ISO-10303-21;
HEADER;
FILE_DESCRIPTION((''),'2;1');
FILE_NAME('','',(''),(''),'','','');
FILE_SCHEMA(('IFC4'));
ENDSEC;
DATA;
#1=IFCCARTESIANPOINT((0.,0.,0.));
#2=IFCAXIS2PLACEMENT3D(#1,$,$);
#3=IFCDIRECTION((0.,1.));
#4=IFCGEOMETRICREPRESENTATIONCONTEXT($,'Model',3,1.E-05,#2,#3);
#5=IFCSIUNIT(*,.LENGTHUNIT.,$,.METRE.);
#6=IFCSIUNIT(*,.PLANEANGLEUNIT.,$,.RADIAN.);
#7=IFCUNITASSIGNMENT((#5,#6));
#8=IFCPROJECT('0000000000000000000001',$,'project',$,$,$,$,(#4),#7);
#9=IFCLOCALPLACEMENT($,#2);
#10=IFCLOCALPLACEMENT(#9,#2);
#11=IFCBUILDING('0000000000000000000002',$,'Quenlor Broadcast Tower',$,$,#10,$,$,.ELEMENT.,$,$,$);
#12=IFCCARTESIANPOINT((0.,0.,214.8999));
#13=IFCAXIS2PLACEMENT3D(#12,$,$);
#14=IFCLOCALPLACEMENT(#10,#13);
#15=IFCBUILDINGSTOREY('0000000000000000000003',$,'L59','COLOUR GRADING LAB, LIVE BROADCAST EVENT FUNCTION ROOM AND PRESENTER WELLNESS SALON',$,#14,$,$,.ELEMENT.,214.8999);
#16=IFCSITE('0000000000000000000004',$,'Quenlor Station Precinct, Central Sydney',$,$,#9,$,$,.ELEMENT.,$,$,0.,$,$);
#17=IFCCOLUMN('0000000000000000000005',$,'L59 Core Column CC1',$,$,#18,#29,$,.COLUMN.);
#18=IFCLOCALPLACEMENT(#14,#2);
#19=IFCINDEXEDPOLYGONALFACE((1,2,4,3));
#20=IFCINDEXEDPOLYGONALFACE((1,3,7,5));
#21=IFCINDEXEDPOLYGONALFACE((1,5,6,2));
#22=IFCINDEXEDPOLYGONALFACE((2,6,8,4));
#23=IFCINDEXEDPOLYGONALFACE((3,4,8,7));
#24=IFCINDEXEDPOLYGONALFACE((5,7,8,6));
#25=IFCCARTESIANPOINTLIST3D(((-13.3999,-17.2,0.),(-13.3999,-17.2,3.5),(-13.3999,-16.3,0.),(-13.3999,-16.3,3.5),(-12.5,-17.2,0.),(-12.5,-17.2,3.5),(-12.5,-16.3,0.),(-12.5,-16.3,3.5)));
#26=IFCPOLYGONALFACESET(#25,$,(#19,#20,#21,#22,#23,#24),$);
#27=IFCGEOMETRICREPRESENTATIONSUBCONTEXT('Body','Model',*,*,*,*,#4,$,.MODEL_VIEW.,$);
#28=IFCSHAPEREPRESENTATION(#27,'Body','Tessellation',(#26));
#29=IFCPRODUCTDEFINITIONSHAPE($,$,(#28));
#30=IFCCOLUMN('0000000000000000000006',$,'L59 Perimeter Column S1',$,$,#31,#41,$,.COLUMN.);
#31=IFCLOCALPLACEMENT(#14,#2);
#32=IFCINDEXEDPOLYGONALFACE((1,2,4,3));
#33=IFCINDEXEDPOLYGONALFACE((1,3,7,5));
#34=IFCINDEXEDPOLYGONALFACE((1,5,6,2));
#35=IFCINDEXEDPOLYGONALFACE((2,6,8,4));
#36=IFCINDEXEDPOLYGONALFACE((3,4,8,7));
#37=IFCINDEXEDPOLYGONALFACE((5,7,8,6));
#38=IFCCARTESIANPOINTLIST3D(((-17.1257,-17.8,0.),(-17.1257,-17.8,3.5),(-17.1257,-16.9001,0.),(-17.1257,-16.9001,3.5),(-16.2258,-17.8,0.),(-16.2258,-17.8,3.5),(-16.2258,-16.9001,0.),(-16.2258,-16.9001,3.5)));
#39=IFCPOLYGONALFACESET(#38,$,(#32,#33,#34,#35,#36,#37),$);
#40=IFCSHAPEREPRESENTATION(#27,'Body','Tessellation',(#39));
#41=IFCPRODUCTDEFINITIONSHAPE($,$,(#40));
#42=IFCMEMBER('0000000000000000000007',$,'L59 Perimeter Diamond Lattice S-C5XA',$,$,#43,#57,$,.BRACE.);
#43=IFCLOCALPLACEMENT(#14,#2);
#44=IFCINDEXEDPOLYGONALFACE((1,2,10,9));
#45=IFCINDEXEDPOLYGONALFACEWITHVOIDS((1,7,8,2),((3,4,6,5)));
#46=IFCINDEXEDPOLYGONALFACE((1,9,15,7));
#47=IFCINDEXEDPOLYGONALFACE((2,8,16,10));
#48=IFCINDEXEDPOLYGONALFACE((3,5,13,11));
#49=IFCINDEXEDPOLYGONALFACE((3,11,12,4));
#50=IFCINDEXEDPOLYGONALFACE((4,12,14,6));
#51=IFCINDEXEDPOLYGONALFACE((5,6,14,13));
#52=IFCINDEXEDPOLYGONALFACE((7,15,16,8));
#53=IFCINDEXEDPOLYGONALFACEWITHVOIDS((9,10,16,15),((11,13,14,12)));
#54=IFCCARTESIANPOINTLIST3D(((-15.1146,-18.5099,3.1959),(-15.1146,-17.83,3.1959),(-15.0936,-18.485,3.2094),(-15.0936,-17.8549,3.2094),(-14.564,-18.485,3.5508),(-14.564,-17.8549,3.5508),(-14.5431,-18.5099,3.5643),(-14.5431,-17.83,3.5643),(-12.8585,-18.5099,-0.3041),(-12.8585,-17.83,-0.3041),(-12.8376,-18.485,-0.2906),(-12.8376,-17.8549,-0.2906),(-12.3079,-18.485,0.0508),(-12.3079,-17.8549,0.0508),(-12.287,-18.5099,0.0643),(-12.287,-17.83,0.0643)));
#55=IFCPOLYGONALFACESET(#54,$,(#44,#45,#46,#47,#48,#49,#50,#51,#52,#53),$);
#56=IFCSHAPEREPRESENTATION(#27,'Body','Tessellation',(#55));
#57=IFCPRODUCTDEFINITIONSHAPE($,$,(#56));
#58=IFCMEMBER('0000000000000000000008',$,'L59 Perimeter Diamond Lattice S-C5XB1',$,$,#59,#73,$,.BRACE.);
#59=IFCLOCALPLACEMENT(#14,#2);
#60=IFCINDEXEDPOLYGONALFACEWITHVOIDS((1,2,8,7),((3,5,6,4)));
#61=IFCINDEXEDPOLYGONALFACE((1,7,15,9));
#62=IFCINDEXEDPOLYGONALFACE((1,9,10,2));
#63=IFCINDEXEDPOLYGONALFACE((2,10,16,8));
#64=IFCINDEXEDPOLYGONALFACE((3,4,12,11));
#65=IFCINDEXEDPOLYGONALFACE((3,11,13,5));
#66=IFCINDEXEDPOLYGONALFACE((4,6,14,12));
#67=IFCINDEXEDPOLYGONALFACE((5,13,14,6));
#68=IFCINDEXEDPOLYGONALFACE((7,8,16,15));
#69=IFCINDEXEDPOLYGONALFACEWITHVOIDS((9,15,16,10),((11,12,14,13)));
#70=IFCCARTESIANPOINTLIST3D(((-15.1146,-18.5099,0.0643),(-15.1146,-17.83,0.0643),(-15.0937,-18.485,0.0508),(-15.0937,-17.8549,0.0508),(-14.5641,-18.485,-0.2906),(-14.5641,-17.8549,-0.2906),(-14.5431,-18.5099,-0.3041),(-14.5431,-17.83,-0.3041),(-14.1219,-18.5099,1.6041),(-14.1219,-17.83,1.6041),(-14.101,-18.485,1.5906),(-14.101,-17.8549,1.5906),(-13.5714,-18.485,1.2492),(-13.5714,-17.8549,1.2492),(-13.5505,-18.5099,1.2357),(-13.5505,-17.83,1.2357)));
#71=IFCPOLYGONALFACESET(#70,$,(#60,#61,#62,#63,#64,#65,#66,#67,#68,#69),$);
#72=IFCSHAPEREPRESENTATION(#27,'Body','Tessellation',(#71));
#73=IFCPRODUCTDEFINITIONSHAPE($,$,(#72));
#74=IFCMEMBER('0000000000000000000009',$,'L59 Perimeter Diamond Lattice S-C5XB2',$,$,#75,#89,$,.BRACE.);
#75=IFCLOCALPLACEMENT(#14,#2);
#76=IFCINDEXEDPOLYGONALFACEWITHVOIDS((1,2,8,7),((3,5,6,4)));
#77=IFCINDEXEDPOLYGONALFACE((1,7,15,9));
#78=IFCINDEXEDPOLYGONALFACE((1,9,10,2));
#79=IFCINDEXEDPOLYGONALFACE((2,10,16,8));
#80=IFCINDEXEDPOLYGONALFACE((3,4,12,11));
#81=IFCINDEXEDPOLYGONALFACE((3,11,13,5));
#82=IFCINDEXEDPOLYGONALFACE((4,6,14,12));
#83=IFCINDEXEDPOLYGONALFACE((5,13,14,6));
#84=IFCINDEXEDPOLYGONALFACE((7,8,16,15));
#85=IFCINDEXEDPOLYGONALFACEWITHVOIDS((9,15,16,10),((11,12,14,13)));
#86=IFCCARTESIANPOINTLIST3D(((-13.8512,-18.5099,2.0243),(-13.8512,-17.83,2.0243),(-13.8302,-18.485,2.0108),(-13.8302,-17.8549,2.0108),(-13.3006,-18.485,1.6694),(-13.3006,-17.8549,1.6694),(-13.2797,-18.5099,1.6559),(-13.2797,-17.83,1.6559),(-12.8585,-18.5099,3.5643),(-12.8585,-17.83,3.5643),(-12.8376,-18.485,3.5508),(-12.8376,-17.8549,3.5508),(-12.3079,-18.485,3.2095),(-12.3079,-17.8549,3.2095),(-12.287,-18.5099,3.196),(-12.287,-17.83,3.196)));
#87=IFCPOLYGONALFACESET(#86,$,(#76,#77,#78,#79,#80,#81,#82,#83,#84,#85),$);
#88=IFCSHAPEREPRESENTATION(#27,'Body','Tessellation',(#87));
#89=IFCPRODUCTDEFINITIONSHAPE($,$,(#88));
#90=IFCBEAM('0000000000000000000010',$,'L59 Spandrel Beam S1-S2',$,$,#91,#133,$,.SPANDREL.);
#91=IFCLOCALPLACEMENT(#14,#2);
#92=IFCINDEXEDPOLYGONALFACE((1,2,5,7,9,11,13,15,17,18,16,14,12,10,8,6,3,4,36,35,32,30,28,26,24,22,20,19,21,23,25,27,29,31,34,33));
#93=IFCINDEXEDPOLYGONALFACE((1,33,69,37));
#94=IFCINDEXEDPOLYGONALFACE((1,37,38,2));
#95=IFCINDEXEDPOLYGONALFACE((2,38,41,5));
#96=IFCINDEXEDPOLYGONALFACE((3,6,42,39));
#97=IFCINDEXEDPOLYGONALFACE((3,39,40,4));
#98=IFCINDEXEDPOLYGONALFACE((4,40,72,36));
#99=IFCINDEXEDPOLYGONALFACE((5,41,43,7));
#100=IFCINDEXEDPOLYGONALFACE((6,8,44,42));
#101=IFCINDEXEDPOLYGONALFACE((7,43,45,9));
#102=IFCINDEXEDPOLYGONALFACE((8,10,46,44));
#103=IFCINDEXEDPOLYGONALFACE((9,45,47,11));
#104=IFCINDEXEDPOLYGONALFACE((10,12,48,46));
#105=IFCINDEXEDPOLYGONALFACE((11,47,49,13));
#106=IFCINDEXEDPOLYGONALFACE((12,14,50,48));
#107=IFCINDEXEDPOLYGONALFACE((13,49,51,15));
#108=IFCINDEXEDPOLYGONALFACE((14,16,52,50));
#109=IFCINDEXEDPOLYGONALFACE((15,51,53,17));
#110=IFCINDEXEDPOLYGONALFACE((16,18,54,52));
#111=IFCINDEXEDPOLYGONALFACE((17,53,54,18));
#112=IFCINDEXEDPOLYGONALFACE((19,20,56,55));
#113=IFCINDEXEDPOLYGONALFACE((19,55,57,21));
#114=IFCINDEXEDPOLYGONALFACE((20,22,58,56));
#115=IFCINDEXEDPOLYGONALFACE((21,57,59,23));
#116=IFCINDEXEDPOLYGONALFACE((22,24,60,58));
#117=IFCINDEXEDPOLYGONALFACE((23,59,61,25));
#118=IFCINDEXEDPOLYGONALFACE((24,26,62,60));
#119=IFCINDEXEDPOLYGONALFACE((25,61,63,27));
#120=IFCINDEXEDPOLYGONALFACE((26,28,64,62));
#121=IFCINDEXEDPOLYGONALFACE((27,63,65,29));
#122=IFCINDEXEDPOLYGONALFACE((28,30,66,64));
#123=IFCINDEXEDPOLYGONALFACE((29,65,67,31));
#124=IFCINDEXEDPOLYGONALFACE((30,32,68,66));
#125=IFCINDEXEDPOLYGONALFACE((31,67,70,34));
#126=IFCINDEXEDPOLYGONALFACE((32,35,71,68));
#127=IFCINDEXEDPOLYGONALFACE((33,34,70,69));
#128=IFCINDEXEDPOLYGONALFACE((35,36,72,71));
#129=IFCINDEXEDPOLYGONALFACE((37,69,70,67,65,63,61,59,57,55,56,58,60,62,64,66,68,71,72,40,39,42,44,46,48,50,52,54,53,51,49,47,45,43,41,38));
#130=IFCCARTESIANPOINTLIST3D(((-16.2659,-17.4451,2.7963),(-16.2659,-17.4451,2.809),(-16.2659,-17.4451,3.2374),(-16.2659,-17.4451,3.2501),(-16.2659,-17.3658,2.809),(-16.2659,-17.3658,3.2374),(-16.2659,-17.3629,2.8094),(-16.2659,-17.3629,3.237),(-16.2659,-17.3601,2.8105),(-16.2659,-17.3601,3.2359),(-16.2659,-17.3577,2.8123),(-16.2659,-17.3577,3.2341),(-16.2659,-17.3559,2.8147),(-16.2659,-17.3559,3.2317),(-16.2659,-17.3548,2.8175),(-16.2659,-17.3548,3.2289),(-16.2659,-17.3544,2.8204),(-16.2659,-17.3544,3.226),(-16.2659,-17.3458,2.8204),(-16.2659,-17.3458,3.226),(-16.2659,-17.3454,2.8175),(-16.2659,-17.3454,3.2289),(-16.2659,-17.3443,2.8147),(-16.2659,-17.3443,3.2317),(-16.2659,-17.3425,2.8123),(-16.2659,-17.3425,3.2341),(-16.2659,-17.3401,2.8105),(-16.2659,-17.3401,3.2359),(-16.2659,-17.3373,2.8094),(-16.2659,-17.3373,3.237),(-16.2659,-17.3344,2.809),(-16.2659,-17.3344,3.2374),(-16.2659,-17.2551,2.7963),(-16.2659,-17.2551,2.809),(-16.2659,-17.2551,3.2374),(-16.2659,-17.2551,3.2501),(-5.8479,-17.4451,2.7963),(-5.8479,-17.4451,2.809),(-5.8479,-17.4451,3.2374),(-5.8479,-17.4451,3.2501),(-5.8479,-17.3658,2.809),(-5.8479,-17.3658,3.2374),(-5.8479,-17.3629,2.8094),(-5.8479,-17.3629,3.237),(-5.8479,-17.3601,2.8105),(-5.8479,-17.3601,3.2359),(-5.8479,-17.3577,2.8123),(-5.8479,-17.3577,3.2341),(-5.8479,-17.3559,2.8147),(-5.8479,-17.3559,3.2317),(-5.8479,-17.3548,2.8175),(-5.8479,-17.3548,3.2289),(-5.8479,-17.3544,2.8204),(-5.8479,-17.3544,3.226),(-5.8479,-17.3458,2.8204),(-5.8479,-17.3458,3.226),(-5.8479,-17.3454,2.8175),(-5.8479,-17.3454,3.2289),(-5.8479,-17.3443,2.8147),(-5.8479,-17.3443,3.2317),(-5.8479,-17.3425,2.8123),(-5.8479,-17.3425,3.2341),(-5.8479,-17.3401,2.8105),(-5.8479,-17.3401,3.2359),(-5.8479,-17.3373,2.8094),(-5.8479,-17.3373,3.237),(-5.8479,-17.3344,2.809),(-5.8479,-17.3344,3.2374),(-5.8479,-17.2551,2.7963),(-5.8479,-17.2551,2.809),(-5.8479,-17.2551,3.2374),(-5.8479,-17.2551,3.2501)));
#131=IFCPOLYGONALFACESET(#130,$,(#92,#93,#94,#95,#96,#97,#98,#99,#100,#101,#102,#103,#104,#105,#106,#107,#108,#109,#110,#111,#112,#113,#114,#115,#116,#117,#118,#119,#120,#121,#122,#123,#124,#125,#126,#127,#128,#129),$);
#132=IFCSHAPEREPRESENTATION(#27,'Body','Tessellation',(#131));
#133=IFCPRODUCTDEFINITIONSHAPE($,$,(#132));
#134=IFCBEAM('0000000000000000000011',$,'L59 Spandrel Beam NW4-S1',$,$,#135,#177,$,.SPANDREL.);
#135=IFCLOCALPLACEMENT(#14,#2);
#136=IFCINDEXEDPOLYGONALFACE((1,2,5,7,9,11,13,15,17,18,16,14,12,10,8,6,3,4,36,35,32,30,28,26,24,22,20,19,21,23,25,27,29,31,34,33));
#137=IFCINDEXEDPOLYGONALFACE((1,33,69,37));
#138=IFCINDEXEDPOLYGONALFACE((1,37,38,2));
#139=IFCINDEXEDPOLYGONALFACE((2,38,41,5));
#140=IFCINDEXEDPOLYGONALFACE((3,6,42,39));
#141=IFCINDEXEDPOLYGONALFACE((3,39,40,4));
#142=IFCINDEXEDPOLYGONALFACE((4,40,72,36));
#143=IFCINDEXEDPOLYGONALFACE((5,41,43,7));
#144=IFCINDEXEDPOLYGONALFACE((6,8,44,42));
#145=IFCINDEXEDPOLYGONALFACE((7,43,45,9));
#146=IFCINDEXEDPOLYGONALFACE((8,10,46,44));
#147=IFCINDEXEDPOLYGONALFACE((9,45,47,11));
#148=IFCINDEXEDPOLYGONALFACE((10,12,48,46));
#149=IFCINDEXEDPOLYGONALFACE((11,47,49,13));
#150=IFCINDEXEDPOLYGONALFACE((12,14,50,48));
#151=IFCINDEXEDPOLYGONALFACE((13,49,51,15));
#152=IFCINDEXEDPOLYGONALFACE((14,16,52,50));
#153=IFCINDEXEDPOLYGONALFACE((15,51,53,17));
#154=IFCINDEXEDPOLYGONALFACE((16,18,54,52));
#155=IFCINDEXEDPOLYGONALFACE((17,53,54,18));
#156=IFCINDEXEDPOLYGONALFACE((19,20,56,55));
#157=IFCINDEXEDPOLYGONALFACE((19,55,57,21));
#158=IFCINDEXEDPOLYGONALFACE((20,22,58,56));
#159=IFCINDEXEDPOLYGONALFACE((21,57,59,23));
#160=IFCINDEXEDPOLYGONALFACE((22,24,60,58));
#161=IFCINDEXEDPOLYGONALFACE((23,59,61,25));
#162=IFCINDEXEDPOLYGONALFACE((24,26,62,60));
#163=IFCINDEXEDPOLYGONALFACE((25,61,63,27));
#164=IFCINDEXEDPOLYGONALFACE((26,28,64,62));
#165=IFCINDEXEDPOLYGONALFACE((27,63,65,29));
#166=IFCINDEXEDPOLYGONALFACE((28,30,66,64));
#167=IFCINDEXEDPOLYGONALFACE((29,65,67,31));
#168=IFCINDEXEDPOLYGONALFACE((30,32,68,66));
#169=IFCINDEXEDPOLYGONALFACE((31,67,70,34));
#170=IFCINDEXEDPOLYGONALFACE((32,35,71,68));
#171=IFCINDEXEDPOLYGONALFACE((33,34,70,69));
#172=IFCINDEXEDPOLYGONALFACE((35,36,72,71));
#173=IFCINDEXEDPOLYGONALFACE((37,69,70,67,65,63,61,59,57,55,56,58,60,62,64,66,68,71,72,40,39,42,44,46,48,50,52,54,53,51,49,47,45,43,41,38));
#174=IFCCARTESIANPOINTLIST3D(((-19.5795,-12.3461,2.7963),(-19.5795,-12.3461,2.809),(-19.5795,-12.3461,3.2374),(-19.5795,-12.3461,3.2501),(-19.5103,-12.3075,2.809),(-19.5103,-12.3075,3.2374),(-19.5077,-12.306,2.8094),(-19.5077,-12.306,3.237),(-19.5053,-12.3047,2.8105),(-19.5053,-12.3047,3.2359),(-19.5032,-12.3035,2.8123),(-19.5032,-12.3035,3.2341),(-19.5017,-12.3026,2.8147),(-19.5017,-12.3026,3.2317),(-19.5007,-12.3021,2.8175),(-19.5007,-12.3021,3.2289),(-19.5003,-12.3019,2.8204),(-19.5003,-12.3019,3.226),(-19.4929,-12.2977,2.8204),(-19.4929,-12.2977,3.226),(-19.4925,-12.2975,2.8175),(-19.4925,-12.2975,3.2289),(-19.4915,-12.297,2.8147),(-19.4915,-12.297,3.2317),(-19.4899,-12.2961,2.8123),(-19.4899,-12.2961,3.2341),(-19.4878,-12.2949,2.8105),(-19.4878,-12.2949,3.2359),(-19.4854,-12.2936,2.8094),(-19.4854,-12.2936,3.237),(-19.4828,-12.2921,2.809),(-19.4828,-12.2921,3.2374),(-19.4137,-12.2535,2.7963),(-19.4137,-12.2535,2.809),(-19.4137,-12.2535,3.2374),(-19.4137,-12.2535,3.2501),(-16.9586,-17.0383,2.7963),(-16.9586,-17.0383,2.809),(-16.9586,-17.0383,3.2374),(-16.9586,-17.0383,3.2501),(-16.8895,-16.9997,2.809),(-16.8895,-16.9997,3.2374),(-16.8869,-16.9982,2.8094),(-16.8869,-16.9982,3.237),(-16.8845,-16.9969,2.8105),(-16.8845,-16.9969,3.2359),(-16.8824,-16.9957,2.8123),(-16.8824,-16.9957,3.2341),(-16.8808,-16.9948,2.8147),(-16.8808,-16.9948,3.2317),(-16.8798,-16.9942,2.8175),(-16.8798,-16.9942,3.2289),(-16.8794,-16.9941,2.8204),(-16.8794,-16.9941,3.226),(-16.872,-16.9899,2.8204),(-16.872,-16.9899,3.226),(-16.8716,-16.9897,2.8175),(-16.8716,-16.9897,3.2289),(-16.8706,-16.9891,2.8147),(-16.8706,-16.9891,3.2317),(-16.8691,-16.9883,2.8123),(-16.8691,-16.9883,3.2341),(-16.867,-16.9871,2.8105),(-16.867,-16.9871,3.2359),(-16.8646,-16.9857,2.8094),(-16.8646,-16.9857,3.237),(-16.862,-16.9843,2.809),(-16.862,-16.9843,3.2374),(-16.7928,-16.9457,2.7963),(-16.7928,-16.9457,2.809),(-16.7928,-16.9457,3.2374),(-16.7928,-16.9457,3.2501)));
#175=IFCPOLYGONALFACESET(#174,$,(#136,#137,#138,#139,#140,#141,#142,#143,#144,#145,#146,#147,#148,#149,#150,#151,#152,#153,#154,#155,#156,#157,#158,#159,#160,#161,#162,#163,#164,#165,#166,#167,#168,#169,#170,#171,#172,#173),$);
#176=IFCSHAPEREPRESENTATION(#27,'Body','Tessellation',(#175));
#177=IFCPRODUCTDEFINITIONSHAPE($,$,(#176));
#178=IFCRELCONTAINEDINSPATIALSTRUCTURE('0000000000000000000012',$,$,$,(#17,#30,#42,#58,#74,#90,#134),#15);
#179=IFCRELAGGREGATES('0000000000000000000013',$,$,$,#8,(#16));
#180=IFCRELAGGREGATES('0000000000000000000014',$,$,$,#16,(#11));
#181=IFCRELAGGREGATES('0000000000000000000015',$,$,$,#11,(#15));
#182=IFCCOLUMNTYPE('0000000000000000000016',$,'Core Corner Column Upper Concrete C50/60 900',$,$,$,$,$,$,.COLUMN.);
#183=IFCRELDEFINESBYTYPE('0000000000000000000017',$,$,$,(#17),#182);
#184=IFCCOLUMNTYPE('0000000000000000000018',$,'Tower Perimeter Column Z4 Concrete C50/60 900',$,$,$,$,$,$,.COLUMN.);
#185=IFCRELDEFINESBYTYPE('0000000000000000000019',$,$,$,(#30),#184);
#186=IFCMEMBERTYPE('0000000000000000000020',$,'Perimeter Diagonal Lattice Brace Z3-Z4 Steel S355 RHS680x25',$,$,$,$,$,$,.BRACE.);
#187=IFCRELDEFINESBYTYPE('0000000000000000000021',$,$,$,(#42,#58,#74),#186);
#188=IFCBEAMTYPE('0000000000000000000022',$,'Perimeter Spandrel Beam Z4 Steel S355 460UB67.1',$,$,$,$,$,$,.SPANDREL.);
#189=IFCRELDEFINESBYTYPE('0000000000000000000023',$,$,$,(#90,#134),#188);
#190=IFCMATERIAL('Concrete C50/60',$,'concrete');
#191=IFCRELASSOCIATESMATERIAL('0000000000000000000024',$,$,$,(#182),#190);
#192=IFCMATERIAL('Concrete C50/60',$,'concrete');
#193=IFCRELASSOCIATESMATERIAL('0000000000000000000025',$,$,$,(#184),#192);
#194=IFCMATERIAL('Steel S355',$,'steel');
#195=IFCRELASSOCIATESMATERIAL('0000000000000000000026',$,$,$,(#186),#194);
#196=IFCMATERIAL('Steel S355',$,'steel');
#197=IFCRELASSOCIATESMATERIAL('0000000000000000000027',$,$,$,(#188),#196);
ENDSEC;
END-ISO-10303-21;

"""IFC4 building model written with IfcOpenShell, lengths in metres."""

from ifc_helpers import new_model, si_unit, direction, frame, origin, origin_2d, place, context, subcontext, project, spatial, rectangle, hollow_rectangle, i_section, extrude, material, material_profile, profile_set, type_object, element, save


model = new_model("IFC4")

# Units and contexts
model_context = context("Model", 3, precision=1e-05, world=origin(), true_north=direction((0.0, 1.0)))
body_context = subcontext(model_context, "Body", "Model", "MODEL_VIEW")
ifc_project = project(units=[si_unit("LENGTHUNIT", "METRE"), si_unit("PLANEANGLEUNIT", "RADIAN")], contexts=[model_context])

# Site, building, storey
site_placement = place(None, origin())
site = spatial("IfcSite", under=ifc_project, at=site_placement, Name="Quenlor Station Precinct, Central Sydney", CompositionType="ELEMENT", RefElevation=0.0)
building_placement = place(site_placement, origin())
building = spatial("IfcBuilding", under=site, at=building_placement, Name="Quenlor Broadcast Tower", CompositionType="ELEMENT")
storey_placement = place(building_placement, frame((0.0, 0.0, 214.8999)))
storey = spatial("IfcBuildingStorey", under=building, at=storey_placement, Name="L59", Description="COLOUR GRADING LAB, LIVE BROADCAST EVENT FUNCTION ROOM AND PRESENTER WELLNESS SALON", CompositionType="ELEMENT", Elevation=214.8999)

# Columns
ifc_material_1 = material(Name="Concrete C50/60", Category="concrete")
ifc_material_profile_1 = material_profile(ifc_material_1, rectangle(XDim=0.8999, YDim=0.8999, at=origin_2d()))
ifc_profile_set_1 = profile_set([ifc_material_profile_1], Name="Concrete C50/60 RC900x900")
column_type_1 = type_object("IfcColumnType", Name="Core Corner Column Upper Concrete C50/60 900", PredefinedType="COLUMN", material=ifc_profile_set_1)
column_1_placement = place(storey_placement, frame((-12.95, -16.75, 0.0), z_axis=(0.0, 0.0, 1.0), x_axis=(1.0, 0.0, 0.0)))
element("IfcColumn", 1, at=column_1_placement, inside=storey, type_object=column_type_1, Name="L59 Core Column CC1", PredefinedType="COLUMN", context=body_context, shape_type="SweptSolid", body=[
    extrude(rectangle(XDim=0.8999, YDim=0.8999, at=origin_2d()), origin(), (0.0, 0.0, 1.0), 3.5),
])
ifc_material_2 = material(Name="Concrete C50/60", Category="concrete")
ifc_material_profile_2 = material_profile(ifc_material_2, rectangle(XDim=0.8999, YDim=0.8999, at=origin_2d()))
ifc_profile_set_2 = profile_set([ifc_material_profile_2], Name="Concrete C50/60 RC900x900")
column_type_2 = type_object("IfcColumnType", Name="Tower Perimeter Column Z4 Concrete C50/60 900", PredefinedType="COLUMN", material=ifc_profile_set_2)
column_2_placement = place(storey_placement, frame((-16.6758, -17.3501, 0.0), z_axis=(0.0, 0.0, 1.0), x_axis=(0.0, 1.0, 0.0)))
element("IfcColumn", 2, at=column_2_placement, inside=storey, type_object=column_type_2, Name="L59 Perimeter Column S1", PredefinedType="COLUMN", context=body_context, shape_type="SweptSolid", body=[
    extrude(rectangle(XDim=0.8999, YDim=0.8999, at=origin_2d()), origin(), (0.0, 0.0, 1.0), 3.5),
])

# Members
ifc_material_3 = material(Name="Steel S355", Category="steel")
ifc_material_profile_3 = material_profile(ifc_material_3, hollow_rectangle(XDim=0.6799, YDim=0.6799, WallThickness=0.0249, at=origin_2d()))
ifc_profile_set_3 = profile_set([ifc_material_profile_3], Name="Steel S355 RHS680x680x25")
member_type = type_object("IfcMemberType", Name="Perimeter Diagonal Lattice Brace Z3-Z4 Steel S355 RHS680x25", PredefinedType="BRACE", material=ifc_profile_set_3)
member_1_placement = place(storey_placement, frame((-12.5728, -18.1699, -0.1199), z_axis=(-0.541794, 0.0, 0.840511), x_axis=(0.0, -1.0, 0.0)))
element("IfcMember", 3, at=member_1_placement, inside=storey, type_object=member_type, Name="L59 Perimeter Diamond Lattice S-C5XA", PredefinedType="BRACE", context=body_context, shape_type="SweptSolid", body=[
    extrude(hollow_rectangle(XDim=0.6799, YDim=0.6799, WallThickness=0.0249, at=origin_2d()), origin(), (0.0, 0.0, 1.0), 4.1641),
])
member_2_placement = place(storey_placement, frame((-14.8289, -18.1699, -0.1199), z_axis=(0.541842, 0.0, 0.840481), x_axis=(0.0, 1.0, 0.0)))
element("IfcMember", 4, at=member_2_placement, inside=storey, type_object=member_type, Name="L59 Perimeter Diamond Lattice S-C5XB1", PredefinedType="BRACE", context=body_context, shape_type="SweptSolid", body=[
    extrude(hollow_rectangle(XDim=0.6799, YDim=0.6799, WallThickness=0.0249, at=origin_2d()), origin(), (0.0, 0.0, 1.0), 1.832),
])
member_3_placement = place(storey_placement, frame((-13.5654, -18.1699, 1.8401), z_axis=(0.541781, 0.0, 0.84052), x_axis=(0.0, 1.0, 0.0)))
element("IfcMember", 5, at=member_3_placement, inside=storey, type_object=member_type, Name="L59 Perimeter Diamond Lattice S-C5XB2", PredefinedType="BRACE", context=body_context, shape_type="SweptSolid", body=[
    extrude(hollow_rectangle(XDim=0.6799, YDim=0.6799, WallThickness=0.0249, at=origin_2d()), origin(), (0.0, 0.0, 1.0), 1.8323),
])

# Beams
ifc_material_4 = material(Name="Steel S355", Category="steel")
ifc_material_profile_4 = material_profile(ifc_material_4, i_section(OverallWidth=0.1899, OverallDepth=0.4539, WebThickness=0.0085, FlangeThickness=0.0127, FilletRadius=0.0115, at=origin_2d()))
ifc_profile_set_4 = profile_set([ifc_material_profile_4], Name="Steel S355 460UB67.1")
beam_type_1 = type_object("IfcBeamType", Name="Perimeter Spandrel Beam Z4 Steel S355 460UB67.1", PredefinedType="SPANDREL", material=ifc_profile_set_4)
beam_1_placement = place(storey_placement, frame((-16.2659, -17.3501, 3.0232), z_axis=(1.0, 0.0, 0.0), x_axis=(0.0, 1.0, 0.0)))
element("IfcBeam", 6, at=beam_1_placement, inside=storey, type_object=beam_type_1, Name="L59 Spandrel Beam S1-S2", PredefinedType="SPANDREL", context=body_context, shape_type="SweptSolid", body=[
    extrude(i_section(OverallWidth=0.1899, OverallDepth=0.4539, WebThickness=0.0085, FlangeThickness=0.0127, FilletRadius=0.0115, at=origin_2d()), origin(), (0.0, 0.0, 1.0), 10.418),
])
beam_2_placement = place(storey_placement, frame((-19.4966, -12.2998, 3.0232), z_axis=(0.487647, -0.873041, 0.0), x_axis=(0.873041, 0.487647, 0.0)))
element("IfcBeam", 7, at=beam_2_placement, inside=storey, type_object=beam_type_1, Name="L59 Spandrel Beam NW4-S1", PredefinedType="SPANDREL", context=body_context, shape_type="SweptSolid", body=[
    extrude(i_section(OverallWidth=0.1899, OverallDepth=0.4539, WebThickness=0.0085, FlangeThickness=0.0127, FilletRadius=0.0115, at=origin_2d()), origin(), (0.0, 0.0, 1.0), 5.3745),
])

save(model, "model.ifc")
